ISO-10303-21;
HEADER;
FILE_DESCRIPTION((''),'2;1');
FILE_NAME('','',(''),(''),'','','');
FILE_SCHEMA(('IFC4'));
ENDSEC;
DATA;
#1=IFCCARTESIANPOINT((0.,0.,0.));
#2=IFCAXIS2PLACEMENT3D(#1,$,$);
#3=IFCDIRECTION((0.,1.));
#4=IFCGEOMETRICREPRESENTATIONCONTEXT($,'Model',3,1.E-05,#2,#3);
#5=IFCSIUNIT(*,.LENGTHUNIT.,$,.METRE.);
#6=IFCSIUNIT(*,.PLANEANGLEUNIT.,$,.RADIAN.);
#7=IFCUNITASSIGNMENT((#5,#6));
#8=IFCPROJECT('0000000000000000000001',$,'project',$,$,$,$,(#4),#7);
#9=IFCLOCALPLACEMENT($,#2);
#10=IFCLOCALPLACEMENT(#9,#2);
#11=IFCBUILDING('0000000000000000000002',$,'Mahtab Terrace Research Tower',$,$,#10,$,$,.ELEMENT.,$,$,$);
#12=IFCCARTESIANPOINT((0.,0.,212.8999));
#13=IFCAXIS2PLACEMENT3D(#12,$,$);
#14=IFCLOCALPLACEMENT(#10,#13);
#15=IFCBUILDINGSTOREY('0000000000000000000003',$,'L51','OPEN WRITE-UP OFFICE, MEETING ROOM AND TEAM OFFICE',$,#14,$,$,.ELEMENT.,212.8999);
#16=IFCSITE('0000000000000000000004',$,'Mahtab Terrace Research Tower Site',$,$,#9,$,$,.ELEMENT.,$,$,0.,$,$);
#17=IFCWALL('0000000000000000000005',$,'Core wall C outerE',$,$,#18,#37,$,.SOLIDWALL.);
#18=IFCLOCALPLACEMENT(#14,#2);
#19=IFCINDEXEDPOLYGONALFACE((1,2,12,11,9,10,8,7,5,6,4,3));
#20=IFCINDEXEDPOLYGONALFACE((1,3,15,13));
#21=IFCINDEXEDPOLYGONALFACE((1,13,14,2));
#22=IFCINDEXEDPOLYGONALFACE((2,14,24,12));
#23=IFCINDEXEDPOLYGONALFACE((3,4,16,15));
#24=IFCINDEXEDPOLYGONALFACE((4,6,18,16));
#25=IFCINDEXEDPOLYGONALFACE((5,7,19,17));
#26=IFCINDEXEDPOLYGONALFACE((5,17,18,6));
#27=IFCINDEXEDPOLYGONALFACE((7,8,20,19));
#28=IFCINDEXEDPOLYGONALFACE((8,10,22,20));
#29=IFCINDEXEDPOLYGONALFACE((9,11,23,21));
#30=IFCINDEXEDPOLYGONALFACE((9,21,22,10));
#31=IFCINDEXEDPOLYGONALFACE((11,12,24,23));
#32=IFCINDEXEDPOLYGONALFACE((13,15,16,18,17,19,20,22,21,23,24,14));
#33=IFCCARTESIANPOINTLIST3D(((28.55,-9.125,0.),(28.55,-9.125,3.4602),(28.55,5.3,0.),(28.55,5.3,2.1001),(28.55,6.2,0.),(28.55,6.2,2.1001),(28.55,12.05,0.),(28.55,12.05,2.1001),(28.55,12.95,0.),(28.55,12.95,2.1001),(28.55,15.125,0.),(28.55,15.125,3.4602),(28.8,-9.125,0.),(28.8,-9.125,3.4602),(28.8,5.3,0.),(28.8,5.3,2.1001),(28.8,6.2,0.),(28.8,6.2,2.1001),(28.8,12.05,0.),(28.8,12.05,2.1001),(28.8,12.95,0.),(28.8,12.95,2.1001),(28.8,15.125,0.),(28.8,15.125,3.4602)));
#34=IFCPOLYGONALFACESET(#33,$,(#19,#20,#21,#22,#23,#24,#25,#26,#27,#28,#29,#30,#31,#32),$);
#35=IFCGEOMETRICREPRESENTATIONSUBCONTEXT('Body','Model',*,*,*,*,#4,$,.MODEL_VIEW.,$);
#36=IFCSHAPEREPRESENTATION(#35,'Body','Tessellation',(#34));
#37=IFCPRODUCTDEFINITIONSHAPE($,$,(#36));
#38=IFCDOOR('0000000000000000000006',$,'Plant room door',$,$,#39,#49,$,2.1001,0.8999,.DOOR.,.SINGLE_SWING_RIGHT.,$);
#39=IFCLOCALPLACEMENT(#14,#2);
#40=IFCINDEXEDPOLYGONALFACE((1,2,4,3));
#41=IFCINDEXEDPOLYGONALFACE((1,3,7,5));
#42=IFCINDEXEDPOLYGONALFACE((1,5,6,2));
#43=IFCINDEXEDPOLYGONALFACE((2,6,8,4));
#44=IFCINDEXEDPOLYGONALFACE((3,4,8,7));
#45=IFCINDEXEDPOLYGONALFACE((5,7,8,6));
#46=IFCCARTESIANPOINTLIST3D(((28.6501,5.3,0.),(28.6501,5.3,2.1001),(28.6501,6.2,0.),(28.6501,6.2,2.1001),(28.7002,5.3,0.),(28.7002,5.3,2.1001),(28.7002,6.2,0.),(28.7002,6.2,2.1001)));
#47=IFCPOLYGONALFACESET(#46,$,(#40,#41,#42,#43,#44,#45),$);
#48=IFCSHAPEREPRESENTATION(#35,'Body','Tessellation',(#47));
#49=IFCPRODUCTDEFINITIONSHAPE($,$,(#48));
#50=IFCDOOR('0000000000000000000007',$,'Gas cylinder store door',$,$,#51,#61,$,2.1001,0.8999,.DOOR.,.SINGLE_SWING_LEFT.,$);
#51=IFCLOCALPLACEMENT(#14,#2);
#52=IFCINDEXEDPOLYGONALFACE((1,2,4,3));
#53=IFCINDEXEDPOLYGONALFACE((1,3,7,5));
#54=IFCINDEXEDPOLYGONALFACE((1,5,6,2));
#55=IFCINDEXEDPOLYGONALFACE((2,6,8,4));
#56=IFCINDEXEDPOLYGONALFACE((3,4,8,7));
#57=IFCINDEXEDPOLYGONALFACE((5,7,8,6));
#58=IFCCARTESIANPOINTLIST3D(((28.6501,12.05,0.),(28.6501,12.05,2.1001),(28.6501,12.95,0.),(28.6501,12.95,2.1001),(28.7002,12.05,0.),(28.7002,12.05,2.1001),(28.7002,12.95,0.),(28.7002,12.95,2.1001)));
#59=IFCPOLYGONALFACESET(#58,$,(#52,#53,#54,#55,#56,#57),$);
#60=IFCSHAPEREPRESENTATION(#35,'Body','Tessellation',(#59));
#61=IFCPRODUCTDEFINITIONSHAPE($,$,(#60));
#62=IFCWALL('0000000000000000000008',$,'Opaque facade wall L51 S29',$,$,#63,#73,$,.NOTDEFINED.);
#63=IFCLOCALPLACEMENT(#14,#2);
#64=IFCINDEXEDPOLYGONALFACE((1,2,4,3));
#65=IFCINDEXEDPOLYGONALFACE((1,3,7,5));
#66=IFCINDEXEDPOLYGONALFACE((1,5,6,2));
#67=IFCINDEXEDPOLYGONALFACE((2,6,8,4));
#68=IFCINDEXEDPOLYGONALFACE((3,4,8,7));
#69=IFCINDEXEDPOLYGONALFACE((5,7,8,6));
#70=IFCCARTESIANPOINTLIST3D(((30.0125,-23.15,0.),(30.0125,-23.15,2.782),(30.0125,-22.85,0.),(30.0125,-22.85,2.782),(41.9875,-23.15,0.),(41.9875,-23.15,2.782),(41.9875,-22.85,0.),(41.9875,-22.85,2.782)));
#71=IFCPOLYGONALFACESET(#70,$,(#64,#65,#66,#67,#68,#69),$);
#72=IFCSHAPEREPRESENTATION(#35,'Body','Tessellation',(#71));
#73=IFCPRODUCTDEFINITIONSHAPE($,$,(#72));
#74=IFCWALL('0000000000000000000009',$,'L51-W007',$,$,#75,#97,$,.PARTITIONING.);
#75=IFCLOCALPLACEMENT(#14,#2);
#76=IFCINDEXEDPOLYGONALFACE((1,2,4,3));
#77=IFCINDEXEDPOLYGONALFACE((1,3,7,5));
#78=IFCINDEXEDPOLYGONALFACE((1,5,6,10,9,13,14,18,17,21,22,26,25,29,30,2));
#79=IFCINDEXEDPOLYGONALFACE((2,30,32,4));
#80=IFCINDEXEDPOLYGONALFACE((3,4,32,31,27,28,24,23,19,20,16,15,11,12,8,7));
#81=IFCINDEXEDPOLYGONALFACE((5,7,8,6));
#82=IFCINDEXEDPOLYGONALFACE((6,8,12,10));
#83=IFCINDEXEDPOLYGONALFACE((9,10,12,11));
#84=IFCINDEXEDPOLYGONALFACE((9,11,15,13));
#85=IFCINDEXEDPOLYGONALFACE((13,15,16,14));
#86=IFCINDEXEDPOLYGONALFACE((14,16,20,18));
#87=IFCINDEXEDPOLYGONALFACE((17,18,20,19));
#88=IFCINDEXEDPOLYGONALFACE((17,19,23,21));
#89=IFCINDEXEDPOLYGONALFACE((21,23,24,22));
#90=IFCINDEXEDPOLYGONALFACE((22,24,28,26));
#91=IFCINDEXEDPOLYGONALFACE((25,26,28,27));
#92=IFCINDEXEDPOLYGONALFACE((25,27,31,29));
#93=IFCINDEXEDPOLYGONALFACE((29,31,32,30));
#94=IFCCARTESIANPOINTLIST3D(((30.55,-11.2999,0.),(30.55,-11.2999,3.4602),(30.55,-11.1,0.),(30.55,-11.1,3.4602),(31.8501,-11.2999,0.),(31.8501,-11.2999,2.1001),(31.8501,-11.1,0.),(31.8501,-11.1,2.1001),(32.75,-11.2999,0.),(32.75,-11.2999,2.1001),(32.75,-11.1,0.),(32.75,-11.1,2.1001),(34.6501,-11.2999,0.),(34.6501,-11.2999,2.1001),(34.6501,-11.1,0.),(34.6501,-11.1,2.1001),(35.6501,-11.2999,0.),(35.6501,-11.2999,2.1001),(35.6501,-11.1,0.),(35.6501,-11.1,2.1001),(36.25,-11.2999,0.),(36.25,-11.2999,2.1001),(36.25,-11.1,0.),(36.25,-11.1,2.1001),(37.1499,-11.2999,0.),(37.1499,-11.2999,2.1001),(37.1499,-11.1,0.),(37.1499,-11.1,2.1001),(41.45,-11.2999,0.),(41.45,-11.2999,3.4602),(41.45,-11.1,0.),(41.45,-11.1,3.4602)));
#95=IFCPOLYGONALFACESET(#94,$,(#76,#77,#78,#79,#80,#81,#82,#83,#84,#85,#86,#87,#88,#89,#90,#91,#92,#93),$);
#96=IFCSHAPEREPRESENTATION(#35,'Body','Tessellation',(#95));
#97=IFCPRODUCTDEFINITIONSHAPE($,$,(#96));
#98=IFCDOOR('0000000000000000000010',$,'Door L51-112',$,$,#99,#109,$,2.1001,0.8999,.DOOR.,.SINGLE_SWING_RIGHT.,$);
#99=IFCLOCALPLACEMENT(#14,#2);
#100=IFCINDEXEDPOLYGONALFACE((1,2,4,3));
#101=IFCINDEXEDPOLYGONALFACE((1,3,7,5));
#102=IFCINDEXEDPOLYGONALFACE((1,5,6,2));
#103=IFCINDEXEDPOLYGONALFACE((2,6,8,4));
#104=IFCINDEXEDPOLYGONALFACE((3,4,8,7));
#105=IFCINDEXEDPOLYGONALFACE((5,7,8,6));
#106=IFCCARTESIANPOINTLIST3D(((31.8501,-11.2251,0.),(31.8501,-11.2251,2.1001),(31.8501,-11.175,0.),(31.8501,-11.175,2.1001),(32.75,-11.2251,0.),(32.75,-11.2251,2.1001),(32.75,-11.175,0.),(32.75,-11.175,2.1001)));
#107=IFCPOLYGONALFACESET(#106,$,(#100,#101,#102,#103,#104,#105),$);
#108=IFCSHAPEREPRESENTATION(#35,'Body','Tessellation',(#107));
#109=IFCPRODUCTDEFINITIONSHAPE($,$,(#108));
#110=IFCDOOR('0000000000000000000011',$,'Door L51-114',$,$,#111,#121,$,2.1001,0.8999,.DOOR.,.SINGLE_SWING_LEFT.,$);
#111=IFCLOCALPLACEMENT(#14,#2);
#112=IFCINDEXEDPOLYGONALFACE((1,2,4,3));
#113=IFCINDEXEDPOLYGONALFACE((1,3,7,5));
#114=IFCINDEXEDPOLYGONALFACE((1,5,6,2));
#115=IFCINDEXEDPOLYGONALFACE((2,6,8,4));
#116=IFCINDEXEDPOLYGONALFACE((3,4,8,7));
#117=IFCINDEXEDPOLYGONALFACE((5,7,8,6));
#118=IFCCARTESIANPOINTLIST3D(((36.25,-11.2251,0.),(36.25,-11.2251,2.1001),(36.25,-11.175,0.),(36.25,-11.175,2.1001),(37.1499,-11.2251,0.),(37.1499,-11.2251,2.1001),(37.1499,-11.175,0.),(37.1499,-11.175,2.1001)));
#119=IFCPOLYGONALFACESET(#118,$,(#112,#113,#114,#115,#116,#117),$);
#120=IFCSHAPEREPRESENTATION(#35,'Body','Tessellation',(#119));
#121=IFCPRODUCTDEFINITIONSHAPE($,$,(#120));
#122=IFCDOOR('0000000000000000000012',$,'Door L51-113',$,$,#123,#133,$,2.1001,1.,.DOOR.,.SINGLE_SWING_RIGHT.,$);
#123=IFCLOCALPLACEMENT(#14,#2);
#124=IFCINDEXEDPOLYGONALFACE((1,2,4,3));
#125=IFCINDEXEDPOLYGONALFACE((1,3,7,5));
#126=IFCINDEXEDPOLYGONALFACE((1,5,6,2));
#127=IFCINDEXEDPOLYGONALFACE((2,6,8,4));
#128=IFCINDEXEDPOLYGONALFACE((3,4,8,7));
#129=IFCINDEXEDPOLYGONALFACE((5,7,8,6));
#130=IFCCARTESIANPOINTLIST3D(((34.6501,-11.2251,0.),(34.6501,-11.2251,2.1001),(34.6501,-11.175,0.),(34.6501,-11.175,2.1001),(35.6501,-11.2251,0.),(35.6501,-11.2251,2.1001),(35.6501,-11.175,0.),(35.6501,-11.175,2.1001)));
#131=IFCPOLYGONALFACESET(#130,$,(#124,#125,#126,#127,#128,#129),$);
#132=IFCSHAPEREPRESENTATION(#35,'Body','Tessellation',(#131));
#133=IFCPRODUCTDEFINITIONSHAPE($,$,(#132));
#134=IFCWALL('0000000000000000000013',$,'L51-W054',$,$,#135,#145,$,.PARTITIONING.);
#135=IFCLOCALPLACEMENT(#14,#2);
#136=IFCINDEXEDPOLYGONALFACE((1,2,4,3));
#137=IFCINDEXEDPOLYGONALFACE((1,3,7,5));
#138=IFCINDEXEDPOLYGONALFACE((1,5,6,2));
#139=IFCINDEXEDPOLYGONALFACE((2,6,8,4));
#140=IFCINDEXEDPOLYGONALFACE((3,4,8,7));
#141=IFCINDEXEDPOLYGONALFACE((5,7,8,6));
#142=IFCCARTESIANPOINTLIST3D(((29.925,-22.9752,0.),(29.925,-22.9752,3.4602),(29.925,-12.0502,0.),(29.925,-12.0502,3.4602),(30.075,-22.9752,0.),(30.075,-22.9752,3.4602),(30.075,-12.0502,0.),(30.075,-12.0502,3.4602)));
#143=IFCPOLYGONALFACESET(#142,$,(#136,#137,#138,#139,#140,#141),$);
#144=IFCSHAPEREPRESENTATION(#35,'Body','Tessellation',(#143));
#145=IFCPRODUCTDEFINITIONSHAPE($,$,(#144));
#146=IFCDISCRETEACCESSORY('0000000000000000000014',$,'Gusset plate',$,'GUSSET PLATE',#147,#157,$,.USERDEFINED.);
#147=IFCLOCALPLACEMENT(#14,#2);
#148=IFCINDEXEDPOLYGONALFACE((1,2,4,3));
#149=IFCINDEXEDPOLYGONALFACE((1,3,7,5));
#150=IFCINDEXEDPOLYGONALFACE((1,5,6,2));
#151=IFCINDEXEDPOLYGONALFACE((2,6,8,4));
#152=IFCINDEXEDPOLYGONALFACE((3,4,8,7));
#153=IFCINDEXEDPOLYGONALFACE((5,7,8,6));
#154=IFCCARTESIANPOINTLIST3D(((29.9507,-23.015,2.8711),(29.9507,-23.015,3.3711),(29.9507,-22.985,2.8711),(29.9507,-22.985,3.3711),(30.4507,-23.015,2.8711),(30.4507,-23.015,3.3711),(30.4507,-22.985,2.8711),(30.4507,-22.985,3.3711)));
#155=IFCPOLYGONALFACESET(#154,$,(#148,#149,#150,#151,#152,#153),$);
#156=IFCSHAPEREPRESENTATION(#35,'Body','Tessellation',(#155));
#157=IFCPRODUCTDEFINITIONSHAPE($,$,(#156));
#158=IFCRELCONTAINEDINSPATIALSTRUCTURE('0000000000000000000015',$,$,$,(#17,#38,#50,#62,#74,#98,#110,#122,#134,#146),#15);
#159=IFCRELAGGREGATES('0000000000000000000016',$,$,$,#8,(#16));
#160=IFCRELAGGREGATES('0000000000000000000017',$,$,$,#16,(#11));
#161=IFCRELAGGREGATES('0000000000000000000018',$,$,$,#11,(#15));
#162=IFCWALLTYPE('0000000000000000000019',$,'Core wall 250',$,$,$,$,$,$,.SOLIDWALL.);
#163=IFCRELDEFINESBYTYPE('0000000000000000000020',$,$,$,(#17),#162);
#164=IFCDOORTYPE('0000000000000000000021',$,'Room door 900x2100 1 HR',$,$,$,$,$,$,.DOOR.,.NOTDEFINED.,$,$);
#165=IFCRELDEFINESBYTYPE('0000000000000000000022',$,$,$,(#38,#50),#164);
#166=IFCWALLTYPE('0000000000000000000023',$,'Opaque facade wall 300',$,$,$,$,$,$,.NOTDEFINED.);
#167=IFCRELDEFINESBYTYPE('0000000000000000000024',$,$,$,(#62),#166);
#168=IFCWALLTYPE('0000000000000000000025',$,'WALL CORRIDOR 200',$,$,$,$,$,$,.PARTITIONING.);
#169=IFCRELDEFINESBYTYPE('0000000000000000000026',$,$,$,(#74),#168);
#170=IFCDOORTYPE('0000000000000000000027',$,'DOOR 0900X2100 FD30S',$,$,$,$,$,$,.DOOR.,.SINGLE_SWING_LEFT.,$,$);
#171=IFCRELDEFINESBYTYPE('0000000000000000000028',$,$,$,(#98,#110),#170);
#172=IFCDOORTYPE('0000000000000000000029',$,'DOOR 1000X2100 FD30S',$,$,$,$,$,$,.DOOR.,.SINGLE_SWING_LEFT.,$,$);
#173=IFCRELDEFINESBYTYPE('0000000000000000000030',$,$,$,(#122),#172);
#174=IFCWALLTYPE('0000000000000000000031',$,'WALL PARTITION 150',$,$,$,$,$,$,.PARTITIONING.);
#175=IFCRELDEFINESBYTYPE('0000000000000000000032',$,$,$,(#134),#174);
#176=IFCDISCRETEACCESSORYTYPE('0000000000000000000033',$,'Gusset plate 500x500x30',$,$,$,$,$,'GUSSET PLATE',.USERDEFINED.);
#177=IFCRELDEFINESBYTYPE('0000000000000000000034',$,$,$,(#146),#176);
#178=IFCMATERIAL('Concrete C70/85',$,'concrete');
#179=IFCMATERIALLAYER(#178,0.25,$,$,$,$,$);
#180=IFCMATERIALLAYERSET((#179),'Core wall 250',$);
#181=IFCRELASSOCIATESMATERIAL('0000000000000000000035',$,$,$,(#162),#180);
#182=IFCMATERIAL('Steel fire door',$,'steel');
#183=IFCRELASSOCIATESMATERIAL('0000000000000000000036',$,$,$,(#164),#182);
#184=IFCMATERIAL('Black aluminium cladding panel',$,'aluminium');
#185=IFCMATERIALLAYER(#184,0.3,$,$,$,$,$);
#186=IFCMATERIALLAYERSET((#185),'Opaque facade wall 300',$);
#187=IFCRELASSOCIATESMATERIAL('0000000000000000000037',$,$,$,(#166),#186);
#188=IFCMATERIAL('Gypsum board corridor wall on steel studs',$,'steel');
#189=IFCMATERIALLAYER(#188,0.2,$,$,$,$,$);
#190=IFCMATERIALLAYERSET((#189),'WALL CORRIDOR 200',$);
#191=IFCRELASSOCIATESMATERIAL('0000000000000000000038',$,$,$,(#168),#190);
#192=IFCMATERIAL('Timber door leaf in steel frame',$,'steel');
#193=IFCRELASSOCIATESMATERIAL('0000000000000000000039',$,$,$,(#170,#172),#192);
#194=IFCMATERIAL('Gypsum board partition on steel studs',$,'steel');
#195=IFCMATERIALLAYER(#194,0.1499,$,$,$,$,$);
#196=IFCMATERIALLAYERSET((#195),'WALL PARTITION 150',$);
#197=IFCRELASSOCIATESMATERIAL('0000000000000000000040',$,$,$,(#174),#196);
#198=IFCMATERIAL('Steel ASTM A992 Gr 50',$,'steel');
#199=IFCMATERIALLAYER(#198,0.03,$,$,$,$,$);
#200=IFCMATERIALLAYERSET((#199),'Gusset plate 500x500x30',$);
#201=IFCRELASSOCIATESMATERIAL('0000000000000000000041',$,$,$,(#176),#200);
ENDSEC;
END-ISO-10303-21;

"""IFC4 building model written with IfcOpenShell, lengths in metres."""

from ifc_helpers import new_model, si_unit, direction, frame, frame_2d, origin, origin_2d, place, context, subcontext, project, spatial, rectangle, extrude, material, layer, layer_set, type_object, element, fill, save


model = new_model("IFC4")

# Units and contexts
model_context = context("Model", 3, precision=1e-05, world=origin(), true_north=direction((0.0, 1.0)))
body_context = subcontext(model_context, "Body", "Model", "MODEL_VIEW")
ifc_project = project(units=[si_unit("LENGTHUNIT", "METRE"), si_unit("PLANEANGLEUNIT", "RADIAN")], contexts=[model_context])

# Site, building, storey
site_placement = place(None, origin())
site = spatial("IfcSite", under=ifc_project, at=site_placement, Name="Mahtab Terrace Research Tower Site", CompositionType="ELEMENT", RefElevation=0.0)
building_placement = place(site_placement, origin())
building = spatial("IfcBuilding", under=site, at=building_placement, Name="Mahtab Terrace Research Tower", CompositionType="ELEMENT")
storey_placement = place(building_placement, frame((0.0, 0.0, 212.8999)))
storey = spatial("IfcBuildingStorey", under=building, at=storey_placement, Name="L51", Description="OPEN WRITE-UP OFFICE, MEETING ROOM AND TEAM OFFICE", CompositionType="ELEMENT", Elevation=212.8999)

# Shared definitions
ifc_material_1 = material(Name="Concrete C70/85", Category="concrete")
ifc_material_2 = material(Name="Steel ASTM A992 Gr 50", Category="steel")

# Wall, openings, doors
ifc_layer_1 = layer(ifc_material_1, 0.25)
ifc_layer_set_1 = layer_set([ifc_layer_1], Name="Core wall 250")
wall_type_1 = type_object("IfcWallType", Name="Core wall 250", PredefinedType="SOLIDWALL", material=ifc_layer_set_1)
wall_1_placement = place(storey_placement, frame((28.675, -9.125, 0.0), z_axis=(0.0, 0.0, 1.0), x_axis=(0.0, 1.0, 0.0)))
wall_1 = element("IfcWall", 1, at=wall_1_placement, inside=storey, type_object=wall_type_1, Name="Core wall C outerE", PredefinedType="SOLIDWALL", context=body_context, shape_type="SweptSolid", body=[
    extrude(rectangle(XDim=24.25, YDim=0.25, at=frame_2d((12.125, 0.0))), origin(), (0.0, 0.0, 1.0), 3.4602),
])
opening_1_placement = place(wall_1_placement, frame((14.425, 0.0, 0.0)))
opening_1 = element("IfcOpeningElement", 2, at=opening_1_placement, cuts=wall_1, PredefinedType="OPENING", context=body_context, shape_type="SweptSolid", body=[
    extrude(rectangle(XDim=0.8999, YDim=2.1001, at=frame_2d((0.45, 1.05))), frame((0.0, 0.135, 0.0), z_axis=(0.0, -1.0, 0.0), x_axis=(1.0, 0.0, 0.0)), (0.0, 0.0, 1.0), 0.27),
])
opening_2_placement = place(wall_1_placement, frame((21.175, 0.0, 0.0)))
opening_2 = element("IfcOpeningElement", 3, at=opening_2_placement, cuts=wall_1, PredefinedType="OPENING", context=body_context, shape_type="SweptSolid", body=[
    extrude(rectangle(XDim=0.8999, YDim=2.1001, at=frame_2d((0.45, 1.05))), frame((0.0, 0.135, 0.0), z_axis=(0.0, -1.0, 0.0), x_axis=(1.0, 0.0, 0.0)), (0.0, 0.0, 1.0), 0.27),
])
ifc_material_3 = material(Name="Steel fire door", Category="steel")
door_type_1 = type_object("IfcDoorType", Name="Room door 900x2100 1 HR", OperationType="NOTDEFINED", PredefinedType="DOOR", material=ifc_material_3)
door_1_placement = place(opening_1_placement, origin())
door_1 = element("IfcDoor", 4, at=door_1_placement, inside=storey, type_object=door_type_1, Name="Plant room door", OperationType="SINGLE_SWING_RIGHT", OverallHeight=2.1001, OverallWidth=0.8999, PredefinedType="DOOR", context=body_context, shape_type="SweptSolid", body=[
    extrude(rectangle(XDim=0.8999, YDim=2.1001, at=frame_2d((0.45, 1.05))), frame((0.0, 0.0249, 0.0), z_axis=(0.0, -1.0, 0.0), x_axis=(1.0, 0.0, 0.0)), (0.0, 0.0, 1.0), 0.05),
])
fill(opening_1, door_1)
door_2_placement = place(opening_2_placement, origin())
door_2 = element("IfcDoor", 5, at=door_2_placement, inside=storey, type_object=door_type_1, Name="Gas cylinder store door", OperationType="SINGLE_SWING_LEFT", OverallHeight=2.1001, OverallWidth=0.8999, PredefinedType="DOOR", context=body_context, shape_type="SweptSolid", body=[
    extrude(rectangle(XDim=0.8999, YDim=2.1001, at=frame_2d((0.45, 1.05))), frame((0.0, 0.0249, 0.0), z_axis=(0.0, -1.0, 0.0), x_axis=(1.0, 0.0, 0.0)), (0.0, 0.0, 1.0), 0.05),
])
fill(opening_2, door_2)

# Wall
ifc_material_4 = material(Name="Black aluminium cladding panel", Category="aluminium")
ifc_layer_2 = layer(ifc_material_4, 0.3)
ifc_layer_set_2 = layer_set([ifc_layer_2], Name="Opaque facade wall 300")
wall_type_2 = type_object("IfcWallType", Name="Opaque facade wall 300", PredefinedType="NOTDEFINED", material=ifc_layer_set_2)
wall_2_placement = place(storey_placement, frame((30.0125, -23.0, 0.0), z_axis=(0.0, 0.0, 1.0), x_axis=(1.0, 0.0, 0.0)))
element("IfcWall", 6, at=wall_2_placement, inside=storey, type_object=wall_type_2, Name="Opaque facade wall L51 S29", PredefinedType="NOTDEFINED", context=body_context, shape_type="SweptSolid", body=[
    extrude(rectangle(XDim=11.9751, YDim=0.3, at=frame_2d((5.9875, 0.0))), origin(), (0.0, 0.0, 1.0), 2.782),
])

# Wall, openings, doors
ifc_material_5 = material(Name="Gypsum board corridor wall on steel studs", Category="steel")
ifc_layer_3 = layer(ifc_material_5, 0.2)
ifc_layer_set_3 = layer_set([ifc_layer_3], Name="WALL CORRIDOR 200")
wall_type_3 = type_object("IfcWallType", Name="WALL CORRIDOR 200", PredefinedType="PARTITIONING", material=ifc_layer_set_3)
wall_3_placement = place(storey_placement, frame((30.55, -11.2, 0.0), z_axis=(0.0, 0.0, 1.0), x_axis=(1.0, 0.0, 0.0)))
wall_3 = element("IfcWall", 7, at=wall_3_placement, inside=storey, type_object=wall_type_3, Name="L51-W007", PredefinedType="PARTITIONING", context=body_context, shape_type="SweptSolid", body=[
    extrude(rectangle(XDim=10.8999, YDim=0.2, at=frame_2d((5.45, 0.0))), origin(), (0.0, 0.0, 1.0), 3.4602),
])
opening_3_placement = place(wall_3_placement, frame((1.3, 0.0, 0.0)))
opening_3 = element("IfcOpeningElement", 8, at=opening_3_placement, cuts=wall_3, PredefinedType="OPENING", context=body_context, shape_type="SweptSolid", body=[
    extrude(rectangle(XDim=0.8999, YDim=2.1001, at=frame_2d((0.45, 1.05))), frame((0.0, 0.1099, 0.0), z_axis=(0.0, -1.0, 0.0), x_axis=(1.0, 0.0, 0.0)), (0.0, 0.0, 1.0), 0.22),
])
opening_4_placement = place(wall_3_placement, frame((4.1001, 0.0, 0.0)))
opening_4 = element("IfcOpeningElement", 9, at=opening_4_placement, cuts=wall_3, PredefinedType="OPENING", context=body_context, shape_type="SweptSolid", body=[
    extrude(rectangle(XDim=1.0, YDim=2.1001, at=frame_2d((0.5, 1.05))), frame((0.0, 0.1099, 0.0), z_axis=(0.0, -1.0, 0.0), x_axis=(1.0, 0.0, 0.0)), (0.0, 0.0, 1.0), 0.22),
])
opening_5_placement = place(wall_3_placement, frame((5.7, 0.0, 0.0)))
opening_5 = element("IfcOpeningElement", 10, at=opening_5_placement, cuts=wall_3, PredefinedType="OPENING", context=body_context, shape_type="SweptSolid", body=[
    extrude(rectangle(XDim=0.8999, YDim=2.1001, at=frame_2d((0.45, 1.05))), frame((0.0, 0.1099, 0.0), z_axis=(0.0, -1.0, 0.0), x_axis=(1.0, 0.0, 0.0)), (0.0, 0.0, 1.0), 0.22),
])
ifc_material_6 = material(Name="Timber door leaf in steel frame", Category="steel")
door_type_2 = type_object("IfcDoorType", Name="DOOR 0900X2100 FD30S", OperationType="SINGLE_SWING_LEFT", PredefinedType="DOOR", material=ifc_material_6)
door_3_placement = place(opening_3_placement, origin())
door_3 = element("IfcDoor", 11, at=door_3_placement, inside=storey, type_object=door_type_2, Name="Door L51-112", OperationType="SINGLE_SWING_RIGHT", OverallHeight=2.1001, OverallWidth=0.8999, PredefinedType="DOOR", context=body_context, shape_type="SweptSolid", body=[
    extrude(rectangle(XDim=0.8999, YDim=2.1001, at=frame_2d((0.45, 1.05))), frame((0.0, 0.0249, 0.0), z_axis=(0.0, -1.0, 0.0), x_axis=(1.0, 0.0, 0.0)), (0.0, 0.0, 1.0), 0.05),
])
fill(opening_3, door_3)
door_4_placement = place(opening_5_placement, origin())
door_4 = element("IfcDoor", 12, at=door_4_placement, inside=storey, type_object=door_type_2, Name="Door L51-114", OperationType="SINGLE_SWING_LEFT", OverallHeight=2.1001, OverallWidth=0.8999, PredefinedType="DOOR", context=body_context, shape_type="SweptSolid", body=[
    extrude(rectangle(XDim=0.8999, YDim=2.1001, at=frame_2d((0.45, 1.05))), frame((0.0, 0.0249, 0.0), z_axis=(0.0, -1.0, 0.0), x_axis=(1.0, 0.0, 0.0)), (0.0, 0.0, 1.0), 0.05),
])
fill(opening_5, door_4)
door_type_3 = type_object("IfcDoorType", Name="DOOR 1000X2100 FD30S", OperationType="SINGLE_SWING_LEFT", PredefinedType="DOOR", material=ifc_material_6)
door_5_placement = place(opening_4_placement, origin())
door_5 = element("IfcDoor", 13, at=door_5_placement, inside=storey, type_object=door_type_3, Name="Door L51-113", OperationType="SINGLE_SWING_RIGHT", OverallHeight=2.1001, OverallWidth=1.0, PredefinedType="DOOR", context=body_context, shape_type="SweptSolid", body=[
    extrude(rectangle(XDim=1.0, YDim=2.1001, at=frame_2d((0.5, 1.05))), frame((0.0, 0.0249, 0.0), z_axis=(0.0, -1.0, 0.0), x_axis=(1.0, 0.0, 0.0)), (0.0, 0.0, 1.0), 0.05),
])
fill(opening_4, door_5)

# Wall
ifc_material_7 = material(Name="Gypsum board partition on steel studs", Category="steel")
ifc_layer_4 = layer(ifc_material_7, 0.1499)
ifc_layer_set_4 = layer_set([ifc_layer_4], Name="WALL PARTITION 150")
wall_type_4 = type_object("IfcWallType", Name="WALL PARTITION 150", PredefinedType="PARTITIONING", material=ifc_layer_set_4)
wall_4_placement = place(storey_placement, frame((30.0, -22.9751, 0.0), z_axis=(0.0, 0.0, 1.0), x_axis=(0.0, 1.0, 0.0)))
element("IfcWall", 14, at=wall_4_placement, inside=storey, type_object=wall_type_4, Name="L51-W054", PredefinedType="PARTITIONING", context=body_context, shape_type="SweptSolid", body=[
    extrude(rectangle(XDim=10.925, YDim=0.1499, at=frame_2d((5.4624, 0.0))), origin(), (0.0, 0.0, 1.0), 3.4602),
])

# Discrete accessory
ifc_layer_5 = layer(ifc_material_2, 0.03)
ifc_layer_set_5 = layer_set([ifc_layer_5], Name="Gusset plate 500x500x30")
discrete_accessory_type = type_object("IfcDiscreteAccessoryType", Name="Gusset plate 500x500x30", ElementType="GUSSET PLATE", PredefinedType="USERDEFINED", material=ifc_layer_set_5)
discrete_accessory_placement = place(storey_placement, frame((30.2007, -23.0, 2.8711), z_axis=(0.0, 0.0, 1.0), x_axis=(1.0, 0.0, 0.0)))
element("IfcDiscreteAccessory", 15, at=discrete_accessory_placement, inside=storey, type_object=discrete_accessory_type, Name="Gusset plate", ObjectType="GUSSET PLATE", PredefinedType="USERDEFINED", context=body_context, shape_type="SweptSolid", body=[
    extrude(rectangle(XDim=0.5, YDim=0.03, at=origin_2d()), origin(), (0.0, 0.0, 1.0), 0.5),
])

save(model, "model.ifc")
